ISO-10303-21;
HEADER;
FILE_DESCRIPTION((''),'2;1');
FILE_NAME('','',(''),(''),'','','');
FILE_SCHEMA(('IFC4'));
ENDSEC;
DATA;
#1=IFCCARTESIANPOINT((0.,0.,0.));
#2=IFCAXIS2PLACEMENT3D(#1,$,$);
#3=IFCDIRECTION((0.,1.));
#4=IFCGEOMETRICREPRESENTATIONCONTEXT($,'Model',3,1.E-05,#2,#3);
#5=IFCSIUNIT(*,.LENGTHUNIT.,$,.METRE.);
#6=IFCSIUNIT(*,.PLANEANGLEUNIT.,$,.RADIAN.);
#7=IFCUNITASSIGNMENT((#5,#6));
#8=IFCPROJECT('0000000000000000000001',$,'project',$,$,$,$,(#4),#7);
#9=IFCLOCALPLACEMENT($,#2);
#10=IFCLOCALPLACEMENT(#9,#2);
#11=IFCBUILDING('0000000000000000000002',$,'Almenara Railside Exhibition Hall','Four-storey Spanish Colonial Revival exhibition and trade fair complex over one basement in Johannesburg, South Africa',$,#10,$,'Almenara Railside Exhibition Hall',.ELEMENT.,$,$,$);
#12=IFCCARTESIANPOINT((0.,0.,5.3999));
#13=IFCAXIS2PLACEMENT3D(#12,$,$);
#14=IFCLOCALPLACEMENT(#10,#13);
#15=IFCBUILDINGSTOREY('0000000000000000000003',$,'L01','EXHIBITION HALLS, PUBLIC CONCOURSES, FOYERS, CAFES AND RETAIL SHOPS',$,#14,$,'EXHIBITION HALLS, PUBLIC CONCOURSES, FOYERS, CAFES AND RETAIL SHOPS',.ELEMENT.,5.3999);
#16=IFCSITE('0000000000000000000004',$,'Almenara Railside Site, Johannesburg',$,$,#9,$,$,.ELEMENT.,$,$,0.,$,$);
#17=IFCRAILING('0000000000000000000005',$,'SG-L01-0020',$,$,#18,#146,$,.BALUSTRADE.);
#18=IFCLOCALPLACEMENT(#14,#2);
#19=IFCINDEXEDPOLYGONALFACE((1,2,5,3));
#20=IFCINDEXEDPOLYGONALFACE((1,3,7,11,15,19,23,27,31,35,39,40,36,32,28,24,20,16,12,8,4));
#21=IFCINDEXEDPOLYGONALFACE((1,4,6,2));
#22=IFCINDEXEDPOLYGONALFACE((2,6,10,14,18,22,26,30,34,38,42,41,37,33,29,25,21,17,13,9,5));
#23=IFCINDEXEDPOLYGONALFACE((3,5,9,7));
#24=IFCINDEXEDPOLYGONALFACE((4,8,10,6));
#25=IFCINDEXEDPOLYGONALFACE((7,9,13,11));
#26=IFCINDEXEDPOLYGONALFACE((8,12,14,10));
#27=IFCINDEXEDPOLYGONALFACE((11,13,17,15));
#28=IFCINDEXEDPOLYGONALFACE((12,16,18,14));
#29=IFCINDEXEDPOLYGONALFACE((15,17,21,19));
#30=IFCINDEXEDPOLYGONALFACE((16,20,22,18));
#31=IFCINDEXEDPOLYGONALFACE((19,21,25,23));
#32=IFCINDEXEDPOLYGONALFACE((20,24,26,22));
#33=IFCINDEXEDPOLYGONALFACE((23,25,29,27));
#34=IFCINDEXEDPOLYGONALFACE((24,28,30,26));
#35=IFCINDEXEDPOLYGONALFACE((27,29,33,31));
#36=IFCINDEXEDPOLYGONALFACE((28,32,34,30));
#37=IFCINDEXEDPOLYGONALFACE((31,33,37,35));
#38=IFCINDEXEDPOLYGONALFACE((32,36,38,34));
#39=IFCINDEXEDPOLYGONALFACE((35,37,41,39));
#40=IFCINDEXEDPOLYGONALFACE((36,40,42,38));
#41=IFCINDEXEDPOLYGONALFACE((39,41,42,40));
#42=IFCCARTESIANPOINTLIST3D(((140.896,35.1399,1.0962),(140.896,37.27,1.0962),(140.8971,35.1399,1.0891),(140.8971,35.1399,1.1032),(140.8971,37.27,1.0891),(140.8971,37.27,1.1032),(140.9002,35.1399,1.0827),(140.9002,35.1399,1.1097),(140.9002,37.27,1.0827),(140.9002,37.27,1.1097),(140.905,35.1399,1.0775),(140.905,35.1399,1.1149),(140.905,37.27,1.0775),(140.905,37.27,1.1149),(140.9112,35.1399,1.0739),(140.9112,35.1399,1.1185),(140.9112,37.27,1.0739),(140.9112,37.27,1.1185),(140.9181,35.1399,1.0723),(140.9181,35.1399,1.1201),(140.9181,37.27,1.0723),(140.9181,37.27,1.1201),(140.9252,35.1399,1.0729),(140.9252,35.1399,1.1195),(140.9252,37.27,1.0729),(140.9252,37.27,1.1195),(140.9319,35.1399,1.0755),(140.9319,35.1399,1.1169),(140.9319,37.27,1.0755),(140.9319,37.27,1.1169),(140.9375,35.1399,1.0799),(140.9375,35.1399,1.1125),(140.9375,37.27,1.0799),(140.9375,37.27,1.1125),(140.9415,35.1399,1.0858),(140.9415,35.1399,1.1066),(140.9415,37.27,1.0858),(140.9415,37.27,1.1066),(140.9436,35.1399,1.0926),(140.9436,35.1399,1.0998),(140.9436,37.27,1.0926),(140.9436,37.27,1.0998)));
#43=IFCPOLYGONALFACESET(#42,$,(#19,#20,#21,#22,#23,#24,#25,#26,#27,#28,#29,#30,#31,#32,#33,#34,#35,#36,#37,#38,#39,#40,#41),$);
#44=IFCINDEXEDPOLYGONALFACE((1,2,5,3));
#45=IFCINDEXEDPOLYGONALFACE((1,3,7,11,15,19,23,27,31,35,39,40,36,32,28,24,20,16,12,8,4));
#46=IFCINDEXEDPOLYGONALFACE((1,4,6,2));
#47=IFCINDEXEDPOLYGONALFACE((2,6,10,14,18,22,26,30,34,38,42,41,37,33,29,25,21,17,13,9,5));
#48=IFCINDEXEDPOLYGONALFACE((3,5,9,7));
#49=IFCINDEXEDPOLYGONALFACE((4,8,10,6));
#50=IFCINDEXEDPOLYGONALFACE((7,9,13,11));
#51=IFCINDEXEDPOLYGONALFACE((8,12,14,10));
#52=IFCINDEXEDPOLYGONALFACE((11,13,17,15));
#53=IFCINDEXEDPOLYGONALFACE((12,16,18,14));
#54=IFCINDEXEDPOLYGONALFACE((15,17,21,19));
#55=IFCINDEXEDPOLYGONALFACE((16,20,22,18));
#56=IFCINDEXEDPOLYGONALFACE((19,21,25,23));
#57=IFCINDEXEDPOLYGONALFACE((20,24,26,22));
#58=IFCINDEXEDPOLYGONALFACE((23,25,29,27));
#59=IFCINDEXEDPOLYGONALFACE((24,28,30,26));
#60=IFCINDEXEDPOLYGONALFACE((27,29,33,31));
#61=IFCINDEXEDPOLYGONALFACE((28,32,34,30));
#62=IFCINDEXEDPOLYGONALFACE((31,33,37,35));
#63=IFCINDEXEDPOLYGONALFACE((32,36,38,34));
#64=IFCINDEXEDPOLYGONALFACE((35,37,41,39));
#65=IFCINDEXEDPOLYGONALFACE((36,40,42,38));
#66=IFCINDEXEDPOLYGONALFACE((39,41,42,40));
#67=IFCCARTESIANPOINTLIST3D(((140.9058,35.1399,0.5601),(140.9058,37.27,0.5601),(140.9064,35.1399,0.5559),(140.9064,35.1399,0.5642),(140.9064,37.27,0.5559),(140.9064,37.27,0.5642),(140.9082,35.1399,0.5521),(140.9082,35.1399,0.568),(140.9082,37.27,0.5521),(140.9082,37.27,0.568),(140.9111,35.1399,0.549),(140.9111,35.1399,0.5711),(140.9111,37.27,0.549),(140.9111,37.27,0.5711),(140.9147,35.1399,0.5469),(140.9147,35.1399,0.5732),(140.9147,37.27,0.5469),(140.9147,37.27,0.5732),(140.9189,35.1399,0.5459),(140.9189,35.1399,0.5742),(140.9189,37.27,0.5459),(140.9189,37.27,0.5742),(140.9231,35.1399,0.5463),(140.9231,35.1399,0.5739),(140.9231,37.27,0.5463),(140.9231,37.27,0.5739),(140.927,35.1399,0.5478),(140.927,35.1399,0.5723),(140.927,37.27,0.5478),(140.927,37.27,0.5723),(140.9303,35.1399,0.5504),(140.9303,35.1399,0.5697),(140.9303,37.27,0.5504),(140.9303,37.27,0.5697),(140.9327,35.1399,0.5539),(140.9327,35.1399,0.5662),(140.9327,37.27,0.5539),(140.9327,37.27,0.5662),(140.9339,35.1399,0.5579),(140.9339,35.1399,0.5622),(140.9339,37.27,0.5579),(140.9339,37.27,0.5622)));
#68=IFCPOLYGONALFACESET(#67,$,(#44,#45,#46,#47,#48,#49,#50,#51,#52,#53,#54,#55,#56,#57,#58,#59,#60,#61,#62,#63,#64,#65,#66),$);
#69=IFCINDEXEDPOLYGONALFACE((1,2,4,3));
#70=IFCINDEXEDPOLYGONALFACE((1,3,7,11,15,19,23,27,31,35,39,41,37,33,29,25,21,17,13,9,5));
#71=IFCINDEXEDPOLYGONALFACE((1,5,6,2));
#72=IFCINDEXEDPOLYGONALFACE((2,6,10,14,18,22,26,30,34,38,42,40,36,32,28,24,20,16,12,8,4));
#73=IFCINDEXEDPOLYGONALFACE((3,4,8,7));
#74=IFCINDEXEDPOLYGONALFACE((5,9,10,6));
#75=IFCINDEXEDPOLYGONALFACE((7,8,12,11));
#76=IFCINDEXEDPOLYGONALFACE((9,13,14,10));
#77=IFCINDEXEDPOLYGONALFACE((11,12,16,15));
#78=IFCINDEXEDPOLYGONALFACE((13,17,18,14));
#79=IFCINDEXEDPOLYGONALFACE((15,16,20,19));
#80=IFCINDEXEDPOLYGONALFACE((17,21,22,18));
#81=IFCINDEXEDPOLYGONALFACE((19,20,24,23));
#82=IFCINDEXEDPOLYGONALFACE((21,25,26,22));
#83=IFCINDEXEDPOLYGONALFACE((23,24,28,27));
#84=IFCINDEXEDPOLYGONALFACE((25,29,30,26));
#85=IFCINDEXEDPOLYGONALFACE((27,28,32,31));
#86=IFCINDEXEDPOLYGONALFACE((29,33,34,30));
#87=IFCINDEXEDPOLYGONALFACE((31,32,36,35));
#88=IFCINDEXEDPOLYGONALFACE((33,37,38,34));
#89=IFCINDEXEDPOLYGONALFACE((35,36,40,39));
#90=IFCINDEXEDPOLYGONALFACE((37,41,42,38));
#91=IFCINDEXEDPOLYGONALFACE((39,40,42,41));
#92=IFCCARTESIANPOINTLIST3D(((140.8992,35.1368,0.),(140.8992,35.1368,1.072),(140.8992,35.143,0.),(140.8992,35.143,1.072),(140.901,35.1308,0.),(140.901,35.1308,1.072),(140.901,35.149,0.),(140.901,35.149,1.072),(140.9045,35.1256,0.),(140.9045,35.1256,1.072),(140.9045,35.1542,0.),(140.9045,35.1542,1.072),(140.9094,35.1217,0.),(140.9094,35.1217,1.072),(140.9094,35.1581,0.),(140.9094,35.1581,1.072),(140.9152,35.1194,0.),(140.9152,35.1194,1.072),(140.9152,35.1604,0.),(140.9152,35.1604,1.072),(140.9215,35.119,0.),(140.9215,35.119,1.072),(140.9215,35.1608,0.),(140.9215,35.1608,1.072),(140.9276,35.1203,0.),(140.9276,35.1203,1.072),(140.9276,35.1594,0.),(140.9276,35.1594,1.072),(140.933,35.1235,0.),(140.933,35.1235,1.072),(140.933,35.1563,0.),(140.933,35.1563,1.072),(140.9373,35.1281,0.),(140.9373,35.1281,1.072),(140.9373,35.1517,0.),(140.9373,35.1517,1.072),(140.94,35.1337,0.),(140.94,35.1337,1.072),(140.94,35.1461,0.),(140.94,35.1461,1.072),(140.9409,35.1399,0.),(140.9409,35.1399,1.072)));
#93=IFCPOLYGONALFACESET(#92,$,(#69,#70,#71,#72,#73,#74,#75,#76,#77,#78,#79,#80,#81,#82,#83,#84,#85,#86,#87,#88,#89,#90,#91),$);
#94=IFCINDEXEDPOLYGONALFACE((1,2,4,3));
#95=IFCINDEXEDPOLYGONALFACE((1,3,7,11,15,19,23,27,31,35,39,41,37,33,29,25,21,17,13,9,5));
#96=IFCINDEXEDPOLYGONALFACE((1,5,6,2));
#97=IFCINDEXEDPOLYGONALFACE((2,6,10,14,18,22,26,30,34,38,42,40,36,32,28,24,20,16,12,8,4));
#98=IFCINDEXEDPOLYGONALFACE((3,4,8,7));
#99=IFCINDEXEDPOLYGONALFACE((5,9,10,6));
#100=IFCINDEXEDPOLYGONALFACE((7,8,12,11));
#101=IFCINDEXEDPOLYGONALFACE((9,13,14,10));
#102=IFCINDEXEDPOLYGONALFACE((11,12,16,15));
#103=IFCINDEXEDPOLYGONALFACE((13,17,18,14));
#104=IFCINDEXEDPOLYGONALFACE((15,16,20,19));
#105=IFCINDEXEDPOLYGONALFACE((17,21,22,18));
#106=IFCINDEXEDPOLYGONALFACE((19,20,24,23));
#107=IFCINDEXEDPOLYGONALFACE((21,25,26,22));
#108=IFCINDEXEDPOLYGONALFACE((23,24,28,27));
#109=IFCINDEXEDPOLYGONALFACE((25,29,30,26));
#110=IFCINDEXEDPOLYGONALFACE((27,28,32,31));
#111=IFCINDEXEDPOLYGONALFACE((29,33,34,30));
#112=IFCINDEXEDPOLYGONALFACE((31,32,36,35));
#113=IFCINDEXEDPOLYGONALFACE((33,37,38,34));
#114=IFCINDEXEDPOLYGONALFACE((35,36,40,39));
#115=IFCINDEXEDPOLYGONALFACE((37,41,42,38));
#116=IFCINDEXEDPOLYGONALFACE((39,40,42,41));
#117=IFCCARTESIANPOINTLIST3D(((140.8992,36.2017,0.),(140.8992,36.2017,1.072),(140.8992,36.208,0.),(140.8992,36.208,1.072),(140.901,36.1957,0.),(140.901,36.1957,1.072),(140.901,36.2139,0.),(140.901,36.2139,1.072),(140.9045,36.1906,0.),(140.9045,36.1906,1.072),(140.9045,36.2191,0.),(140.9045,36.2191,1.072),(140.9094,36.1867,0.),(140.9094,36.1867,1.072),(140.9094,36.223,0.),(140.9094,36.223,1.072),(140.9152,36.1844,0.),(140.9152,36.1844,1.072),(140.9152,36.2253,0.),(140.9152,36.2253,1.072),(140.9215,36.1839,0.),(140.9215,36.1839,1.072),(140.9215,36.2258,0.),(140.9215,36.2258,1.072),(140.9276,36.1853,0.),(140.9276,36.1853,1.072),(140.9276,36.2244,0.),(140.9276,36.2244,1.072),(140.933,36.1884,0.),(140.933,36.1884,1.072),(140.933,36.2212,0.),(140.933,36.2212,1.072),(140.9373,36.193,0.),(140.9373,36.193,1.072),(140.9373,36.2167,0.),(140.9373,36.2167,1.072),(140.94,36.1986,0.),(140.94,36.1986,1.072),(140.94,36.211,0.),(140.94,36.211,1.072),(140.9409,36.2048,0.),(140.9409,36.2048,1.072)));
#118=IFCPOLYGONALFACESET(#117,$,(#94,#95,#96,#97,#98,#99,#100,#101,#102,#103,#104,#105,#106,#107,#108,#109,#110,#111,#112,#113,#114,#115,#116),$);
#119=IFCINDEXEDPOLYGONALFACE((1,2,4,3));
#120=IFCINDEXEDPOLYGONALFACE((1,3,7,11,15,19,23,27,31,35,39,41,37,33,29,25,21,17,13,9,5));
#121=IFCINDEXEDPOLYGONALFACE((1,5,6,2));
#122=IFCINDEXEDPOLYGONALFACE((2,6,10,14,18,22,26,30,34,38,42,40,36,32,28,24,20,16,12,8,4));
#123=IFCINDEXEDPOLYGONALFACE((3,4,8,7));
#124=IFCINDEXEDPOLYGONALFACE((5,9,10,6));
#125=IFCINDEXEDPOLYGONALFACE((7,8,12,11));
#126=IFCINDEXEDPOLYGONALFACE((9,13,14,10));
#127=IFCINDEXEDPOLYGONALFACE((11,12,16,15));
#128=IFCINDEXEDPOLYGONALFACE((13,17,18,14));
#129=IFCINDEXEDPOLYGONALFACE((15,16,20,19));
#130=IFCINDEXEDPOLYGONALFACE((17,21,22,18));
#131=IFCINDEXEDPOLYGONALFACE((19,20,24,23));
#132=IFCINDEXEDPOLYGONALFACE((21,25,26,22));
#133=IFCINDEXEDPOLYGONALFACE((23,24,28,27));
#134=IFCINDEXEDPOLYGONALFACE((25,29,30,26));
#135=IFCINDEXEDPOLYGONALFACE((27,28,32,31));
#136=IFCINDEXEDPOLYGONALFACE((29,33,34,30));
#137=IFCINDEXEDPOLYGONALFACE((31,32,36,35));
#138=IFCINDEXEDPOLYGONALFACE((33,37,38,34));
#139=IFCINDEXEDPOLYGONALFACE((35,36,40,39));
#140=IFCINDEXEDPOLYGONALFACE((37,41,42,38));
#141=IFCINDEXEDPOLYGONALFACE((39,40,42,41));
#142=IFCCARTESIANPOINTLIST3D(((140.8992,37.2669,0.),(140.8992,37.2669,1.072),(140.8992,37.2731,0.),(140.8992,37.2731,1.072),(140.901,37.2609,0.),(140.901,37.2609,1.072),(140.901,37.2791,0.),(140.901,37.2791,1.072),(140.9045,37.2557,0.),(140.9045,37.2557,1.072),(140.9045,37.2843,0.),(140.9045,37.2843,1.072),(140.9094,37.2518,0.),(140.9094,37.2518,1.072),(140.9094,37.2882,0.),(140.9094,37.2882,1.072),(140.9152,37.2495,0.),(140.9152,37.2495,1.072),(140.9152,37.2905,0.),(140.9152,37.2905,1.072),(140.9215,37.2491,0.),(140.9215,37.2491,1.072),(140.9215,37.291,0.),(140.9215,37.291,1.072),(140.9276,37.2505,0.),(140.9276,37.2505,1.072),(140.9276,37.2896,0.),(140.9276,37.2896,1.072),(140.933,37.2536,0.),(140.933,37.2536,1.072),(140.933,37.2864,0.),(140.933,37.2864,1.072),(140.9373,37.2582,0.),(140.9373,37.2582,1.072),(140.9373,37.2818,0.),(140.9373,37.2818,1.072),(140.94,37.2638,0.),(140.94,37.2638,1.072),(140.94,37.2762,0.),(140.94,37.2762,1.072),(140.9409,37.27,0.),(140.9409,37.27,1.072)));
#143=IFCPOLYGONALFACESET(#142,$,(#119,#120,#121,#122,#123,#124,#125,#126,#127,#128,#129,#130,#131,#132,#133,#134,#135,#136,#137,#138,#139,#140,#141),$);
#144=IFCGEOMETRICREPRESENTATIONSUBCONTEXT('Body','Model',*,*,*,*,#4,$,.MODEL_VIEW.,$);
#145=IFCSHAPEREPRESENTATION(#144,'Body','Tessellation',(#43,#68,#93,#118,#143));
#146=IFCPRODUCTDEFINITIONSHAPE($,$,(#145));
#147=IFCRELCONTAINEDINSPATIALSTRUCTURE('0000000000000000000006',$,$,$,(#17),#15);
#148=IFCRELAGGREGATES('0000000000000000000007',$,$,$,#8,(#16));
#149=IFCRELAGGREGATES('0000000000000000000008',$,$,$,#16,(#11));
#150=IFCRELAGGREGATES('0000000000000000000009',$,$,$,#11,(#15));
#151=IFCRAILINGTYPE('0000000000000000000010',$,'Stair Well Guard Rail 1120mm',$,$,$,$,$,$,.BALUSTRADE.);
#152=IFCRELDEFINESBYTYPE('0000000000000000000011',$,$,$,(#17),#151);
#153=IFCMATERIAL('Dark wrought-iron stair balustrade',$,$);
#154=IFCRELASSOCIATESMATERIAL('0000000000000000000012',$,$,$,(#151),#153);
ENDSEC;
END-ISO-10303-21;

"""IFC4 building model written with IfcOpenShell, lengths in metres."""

from ifc_helpers import new_model, si_unit, direction, frame, origin, origin_2d, place, context, subcontext, project, spatial, circle, extrude, material, type_object, element, save


model = new_model("IFC4")

# Units and contexts
model_context = context("Model", 3, precision=1e-05, world=origin(), true_north=direction((0.0, 1.0)))
body_context = subcontext(model_context, "Body", "Model", "MODEL_VIEW")
ifc_project = project(units=[si_unit("LENGTHUNIT", "METRE"), si_unit("PLANEANGLEUNIT", "RADIAN")], contexts=[model_context])

# Site, building, storey
site_placement = place(None, origin())
site = spatial("IfcSite", under=ifc_project, at=site_placement, Name="Almenara Railside Site, Johannesburg", CompositionType="ELEMENT", RefElevation=0.0)
building_placement = place(site_placement, origin())
building = spatial("IfcBuilding", under=site, at=building_placement, Name="Almenara Railside Exhibition Hall", Description="Four-storey Spanish Colonial Revival exhibition and trade fair complex over one basement in Johannesburg, South Africa", LongName="Almenara Railside Exhibition Hall", CompositionType="ELEMENT")
storey_placement = place(building_placement, frame((0.0, 0.0, 5.3999)))
storey = spatial("IfcBuildingStorey", under=building, at=storey_placement, Name="L01", Description="EXHIBITION HALLS, PUBLIC CONCOURSES, FOYERS, CAFES AND RETAIL SHOPS", LongName="EXHIBITION HALLS, PUBLIC CONCOURSES, FOYERS, CAFES AND RETAIL SHOPS", CompositionType="ELEMENT", Elevation=5.3999)

# Railing
ifc_material_1 = material(Name="Dark wrought-iron stair balustrade")
railing_type = type_object("IfcRailingType", Name="Stair Well Guard Rail 1120mm", PredefinedType="BALUSTRADE", material=ifc_material_1)
railing_placement = place(storey_placement, frame((140.9199, 35.1399, 0.0)))
element("IfcRailing", 1, at=railing_placement, inside=storey, type_object=railing_type, Name="SG-L01-0020", PredefinedType="BALUSTRADE", context=body_context, shape_type="SweptSolid", body=[
    extrude(circle(Radius=0.0239, at=origin_2d()), frame((0.0, 0.0, 1.0962), z_axis=(0.0, 1.0, 0.0), x_axis=(-1.0, 0.0, 0.0)), (0.0, 0.0, 1.0), 2.1301),
    extrude(circle(Radius=0.0142, at=origin_2d()), frame((0.0, 0.0, 0.5601), z_axis=(0.0, 1.0, 0.0), x_axis=(-1.0, 0.0, 0.0)), (0.0, 0.0, 1.0), 2.1301),
    extrude(circle(Radius=0.021, at=origin_2d()), origin(), (0.0, 0.0, 1.0), 1.072),
    extrude(circle(Radius=0.021, at=origin_2d()), frame((0.0, 1.0649, 0.0)), (0.0, 0.0, 1.0), 1.072),
    extrude(circle(Radius=0.021, at=origin_2d()), frame((0.0, 2.1301, 0.0)), (0.0, 0.0, 1.0), 1.072),
])

save(model, "model.ifc")
